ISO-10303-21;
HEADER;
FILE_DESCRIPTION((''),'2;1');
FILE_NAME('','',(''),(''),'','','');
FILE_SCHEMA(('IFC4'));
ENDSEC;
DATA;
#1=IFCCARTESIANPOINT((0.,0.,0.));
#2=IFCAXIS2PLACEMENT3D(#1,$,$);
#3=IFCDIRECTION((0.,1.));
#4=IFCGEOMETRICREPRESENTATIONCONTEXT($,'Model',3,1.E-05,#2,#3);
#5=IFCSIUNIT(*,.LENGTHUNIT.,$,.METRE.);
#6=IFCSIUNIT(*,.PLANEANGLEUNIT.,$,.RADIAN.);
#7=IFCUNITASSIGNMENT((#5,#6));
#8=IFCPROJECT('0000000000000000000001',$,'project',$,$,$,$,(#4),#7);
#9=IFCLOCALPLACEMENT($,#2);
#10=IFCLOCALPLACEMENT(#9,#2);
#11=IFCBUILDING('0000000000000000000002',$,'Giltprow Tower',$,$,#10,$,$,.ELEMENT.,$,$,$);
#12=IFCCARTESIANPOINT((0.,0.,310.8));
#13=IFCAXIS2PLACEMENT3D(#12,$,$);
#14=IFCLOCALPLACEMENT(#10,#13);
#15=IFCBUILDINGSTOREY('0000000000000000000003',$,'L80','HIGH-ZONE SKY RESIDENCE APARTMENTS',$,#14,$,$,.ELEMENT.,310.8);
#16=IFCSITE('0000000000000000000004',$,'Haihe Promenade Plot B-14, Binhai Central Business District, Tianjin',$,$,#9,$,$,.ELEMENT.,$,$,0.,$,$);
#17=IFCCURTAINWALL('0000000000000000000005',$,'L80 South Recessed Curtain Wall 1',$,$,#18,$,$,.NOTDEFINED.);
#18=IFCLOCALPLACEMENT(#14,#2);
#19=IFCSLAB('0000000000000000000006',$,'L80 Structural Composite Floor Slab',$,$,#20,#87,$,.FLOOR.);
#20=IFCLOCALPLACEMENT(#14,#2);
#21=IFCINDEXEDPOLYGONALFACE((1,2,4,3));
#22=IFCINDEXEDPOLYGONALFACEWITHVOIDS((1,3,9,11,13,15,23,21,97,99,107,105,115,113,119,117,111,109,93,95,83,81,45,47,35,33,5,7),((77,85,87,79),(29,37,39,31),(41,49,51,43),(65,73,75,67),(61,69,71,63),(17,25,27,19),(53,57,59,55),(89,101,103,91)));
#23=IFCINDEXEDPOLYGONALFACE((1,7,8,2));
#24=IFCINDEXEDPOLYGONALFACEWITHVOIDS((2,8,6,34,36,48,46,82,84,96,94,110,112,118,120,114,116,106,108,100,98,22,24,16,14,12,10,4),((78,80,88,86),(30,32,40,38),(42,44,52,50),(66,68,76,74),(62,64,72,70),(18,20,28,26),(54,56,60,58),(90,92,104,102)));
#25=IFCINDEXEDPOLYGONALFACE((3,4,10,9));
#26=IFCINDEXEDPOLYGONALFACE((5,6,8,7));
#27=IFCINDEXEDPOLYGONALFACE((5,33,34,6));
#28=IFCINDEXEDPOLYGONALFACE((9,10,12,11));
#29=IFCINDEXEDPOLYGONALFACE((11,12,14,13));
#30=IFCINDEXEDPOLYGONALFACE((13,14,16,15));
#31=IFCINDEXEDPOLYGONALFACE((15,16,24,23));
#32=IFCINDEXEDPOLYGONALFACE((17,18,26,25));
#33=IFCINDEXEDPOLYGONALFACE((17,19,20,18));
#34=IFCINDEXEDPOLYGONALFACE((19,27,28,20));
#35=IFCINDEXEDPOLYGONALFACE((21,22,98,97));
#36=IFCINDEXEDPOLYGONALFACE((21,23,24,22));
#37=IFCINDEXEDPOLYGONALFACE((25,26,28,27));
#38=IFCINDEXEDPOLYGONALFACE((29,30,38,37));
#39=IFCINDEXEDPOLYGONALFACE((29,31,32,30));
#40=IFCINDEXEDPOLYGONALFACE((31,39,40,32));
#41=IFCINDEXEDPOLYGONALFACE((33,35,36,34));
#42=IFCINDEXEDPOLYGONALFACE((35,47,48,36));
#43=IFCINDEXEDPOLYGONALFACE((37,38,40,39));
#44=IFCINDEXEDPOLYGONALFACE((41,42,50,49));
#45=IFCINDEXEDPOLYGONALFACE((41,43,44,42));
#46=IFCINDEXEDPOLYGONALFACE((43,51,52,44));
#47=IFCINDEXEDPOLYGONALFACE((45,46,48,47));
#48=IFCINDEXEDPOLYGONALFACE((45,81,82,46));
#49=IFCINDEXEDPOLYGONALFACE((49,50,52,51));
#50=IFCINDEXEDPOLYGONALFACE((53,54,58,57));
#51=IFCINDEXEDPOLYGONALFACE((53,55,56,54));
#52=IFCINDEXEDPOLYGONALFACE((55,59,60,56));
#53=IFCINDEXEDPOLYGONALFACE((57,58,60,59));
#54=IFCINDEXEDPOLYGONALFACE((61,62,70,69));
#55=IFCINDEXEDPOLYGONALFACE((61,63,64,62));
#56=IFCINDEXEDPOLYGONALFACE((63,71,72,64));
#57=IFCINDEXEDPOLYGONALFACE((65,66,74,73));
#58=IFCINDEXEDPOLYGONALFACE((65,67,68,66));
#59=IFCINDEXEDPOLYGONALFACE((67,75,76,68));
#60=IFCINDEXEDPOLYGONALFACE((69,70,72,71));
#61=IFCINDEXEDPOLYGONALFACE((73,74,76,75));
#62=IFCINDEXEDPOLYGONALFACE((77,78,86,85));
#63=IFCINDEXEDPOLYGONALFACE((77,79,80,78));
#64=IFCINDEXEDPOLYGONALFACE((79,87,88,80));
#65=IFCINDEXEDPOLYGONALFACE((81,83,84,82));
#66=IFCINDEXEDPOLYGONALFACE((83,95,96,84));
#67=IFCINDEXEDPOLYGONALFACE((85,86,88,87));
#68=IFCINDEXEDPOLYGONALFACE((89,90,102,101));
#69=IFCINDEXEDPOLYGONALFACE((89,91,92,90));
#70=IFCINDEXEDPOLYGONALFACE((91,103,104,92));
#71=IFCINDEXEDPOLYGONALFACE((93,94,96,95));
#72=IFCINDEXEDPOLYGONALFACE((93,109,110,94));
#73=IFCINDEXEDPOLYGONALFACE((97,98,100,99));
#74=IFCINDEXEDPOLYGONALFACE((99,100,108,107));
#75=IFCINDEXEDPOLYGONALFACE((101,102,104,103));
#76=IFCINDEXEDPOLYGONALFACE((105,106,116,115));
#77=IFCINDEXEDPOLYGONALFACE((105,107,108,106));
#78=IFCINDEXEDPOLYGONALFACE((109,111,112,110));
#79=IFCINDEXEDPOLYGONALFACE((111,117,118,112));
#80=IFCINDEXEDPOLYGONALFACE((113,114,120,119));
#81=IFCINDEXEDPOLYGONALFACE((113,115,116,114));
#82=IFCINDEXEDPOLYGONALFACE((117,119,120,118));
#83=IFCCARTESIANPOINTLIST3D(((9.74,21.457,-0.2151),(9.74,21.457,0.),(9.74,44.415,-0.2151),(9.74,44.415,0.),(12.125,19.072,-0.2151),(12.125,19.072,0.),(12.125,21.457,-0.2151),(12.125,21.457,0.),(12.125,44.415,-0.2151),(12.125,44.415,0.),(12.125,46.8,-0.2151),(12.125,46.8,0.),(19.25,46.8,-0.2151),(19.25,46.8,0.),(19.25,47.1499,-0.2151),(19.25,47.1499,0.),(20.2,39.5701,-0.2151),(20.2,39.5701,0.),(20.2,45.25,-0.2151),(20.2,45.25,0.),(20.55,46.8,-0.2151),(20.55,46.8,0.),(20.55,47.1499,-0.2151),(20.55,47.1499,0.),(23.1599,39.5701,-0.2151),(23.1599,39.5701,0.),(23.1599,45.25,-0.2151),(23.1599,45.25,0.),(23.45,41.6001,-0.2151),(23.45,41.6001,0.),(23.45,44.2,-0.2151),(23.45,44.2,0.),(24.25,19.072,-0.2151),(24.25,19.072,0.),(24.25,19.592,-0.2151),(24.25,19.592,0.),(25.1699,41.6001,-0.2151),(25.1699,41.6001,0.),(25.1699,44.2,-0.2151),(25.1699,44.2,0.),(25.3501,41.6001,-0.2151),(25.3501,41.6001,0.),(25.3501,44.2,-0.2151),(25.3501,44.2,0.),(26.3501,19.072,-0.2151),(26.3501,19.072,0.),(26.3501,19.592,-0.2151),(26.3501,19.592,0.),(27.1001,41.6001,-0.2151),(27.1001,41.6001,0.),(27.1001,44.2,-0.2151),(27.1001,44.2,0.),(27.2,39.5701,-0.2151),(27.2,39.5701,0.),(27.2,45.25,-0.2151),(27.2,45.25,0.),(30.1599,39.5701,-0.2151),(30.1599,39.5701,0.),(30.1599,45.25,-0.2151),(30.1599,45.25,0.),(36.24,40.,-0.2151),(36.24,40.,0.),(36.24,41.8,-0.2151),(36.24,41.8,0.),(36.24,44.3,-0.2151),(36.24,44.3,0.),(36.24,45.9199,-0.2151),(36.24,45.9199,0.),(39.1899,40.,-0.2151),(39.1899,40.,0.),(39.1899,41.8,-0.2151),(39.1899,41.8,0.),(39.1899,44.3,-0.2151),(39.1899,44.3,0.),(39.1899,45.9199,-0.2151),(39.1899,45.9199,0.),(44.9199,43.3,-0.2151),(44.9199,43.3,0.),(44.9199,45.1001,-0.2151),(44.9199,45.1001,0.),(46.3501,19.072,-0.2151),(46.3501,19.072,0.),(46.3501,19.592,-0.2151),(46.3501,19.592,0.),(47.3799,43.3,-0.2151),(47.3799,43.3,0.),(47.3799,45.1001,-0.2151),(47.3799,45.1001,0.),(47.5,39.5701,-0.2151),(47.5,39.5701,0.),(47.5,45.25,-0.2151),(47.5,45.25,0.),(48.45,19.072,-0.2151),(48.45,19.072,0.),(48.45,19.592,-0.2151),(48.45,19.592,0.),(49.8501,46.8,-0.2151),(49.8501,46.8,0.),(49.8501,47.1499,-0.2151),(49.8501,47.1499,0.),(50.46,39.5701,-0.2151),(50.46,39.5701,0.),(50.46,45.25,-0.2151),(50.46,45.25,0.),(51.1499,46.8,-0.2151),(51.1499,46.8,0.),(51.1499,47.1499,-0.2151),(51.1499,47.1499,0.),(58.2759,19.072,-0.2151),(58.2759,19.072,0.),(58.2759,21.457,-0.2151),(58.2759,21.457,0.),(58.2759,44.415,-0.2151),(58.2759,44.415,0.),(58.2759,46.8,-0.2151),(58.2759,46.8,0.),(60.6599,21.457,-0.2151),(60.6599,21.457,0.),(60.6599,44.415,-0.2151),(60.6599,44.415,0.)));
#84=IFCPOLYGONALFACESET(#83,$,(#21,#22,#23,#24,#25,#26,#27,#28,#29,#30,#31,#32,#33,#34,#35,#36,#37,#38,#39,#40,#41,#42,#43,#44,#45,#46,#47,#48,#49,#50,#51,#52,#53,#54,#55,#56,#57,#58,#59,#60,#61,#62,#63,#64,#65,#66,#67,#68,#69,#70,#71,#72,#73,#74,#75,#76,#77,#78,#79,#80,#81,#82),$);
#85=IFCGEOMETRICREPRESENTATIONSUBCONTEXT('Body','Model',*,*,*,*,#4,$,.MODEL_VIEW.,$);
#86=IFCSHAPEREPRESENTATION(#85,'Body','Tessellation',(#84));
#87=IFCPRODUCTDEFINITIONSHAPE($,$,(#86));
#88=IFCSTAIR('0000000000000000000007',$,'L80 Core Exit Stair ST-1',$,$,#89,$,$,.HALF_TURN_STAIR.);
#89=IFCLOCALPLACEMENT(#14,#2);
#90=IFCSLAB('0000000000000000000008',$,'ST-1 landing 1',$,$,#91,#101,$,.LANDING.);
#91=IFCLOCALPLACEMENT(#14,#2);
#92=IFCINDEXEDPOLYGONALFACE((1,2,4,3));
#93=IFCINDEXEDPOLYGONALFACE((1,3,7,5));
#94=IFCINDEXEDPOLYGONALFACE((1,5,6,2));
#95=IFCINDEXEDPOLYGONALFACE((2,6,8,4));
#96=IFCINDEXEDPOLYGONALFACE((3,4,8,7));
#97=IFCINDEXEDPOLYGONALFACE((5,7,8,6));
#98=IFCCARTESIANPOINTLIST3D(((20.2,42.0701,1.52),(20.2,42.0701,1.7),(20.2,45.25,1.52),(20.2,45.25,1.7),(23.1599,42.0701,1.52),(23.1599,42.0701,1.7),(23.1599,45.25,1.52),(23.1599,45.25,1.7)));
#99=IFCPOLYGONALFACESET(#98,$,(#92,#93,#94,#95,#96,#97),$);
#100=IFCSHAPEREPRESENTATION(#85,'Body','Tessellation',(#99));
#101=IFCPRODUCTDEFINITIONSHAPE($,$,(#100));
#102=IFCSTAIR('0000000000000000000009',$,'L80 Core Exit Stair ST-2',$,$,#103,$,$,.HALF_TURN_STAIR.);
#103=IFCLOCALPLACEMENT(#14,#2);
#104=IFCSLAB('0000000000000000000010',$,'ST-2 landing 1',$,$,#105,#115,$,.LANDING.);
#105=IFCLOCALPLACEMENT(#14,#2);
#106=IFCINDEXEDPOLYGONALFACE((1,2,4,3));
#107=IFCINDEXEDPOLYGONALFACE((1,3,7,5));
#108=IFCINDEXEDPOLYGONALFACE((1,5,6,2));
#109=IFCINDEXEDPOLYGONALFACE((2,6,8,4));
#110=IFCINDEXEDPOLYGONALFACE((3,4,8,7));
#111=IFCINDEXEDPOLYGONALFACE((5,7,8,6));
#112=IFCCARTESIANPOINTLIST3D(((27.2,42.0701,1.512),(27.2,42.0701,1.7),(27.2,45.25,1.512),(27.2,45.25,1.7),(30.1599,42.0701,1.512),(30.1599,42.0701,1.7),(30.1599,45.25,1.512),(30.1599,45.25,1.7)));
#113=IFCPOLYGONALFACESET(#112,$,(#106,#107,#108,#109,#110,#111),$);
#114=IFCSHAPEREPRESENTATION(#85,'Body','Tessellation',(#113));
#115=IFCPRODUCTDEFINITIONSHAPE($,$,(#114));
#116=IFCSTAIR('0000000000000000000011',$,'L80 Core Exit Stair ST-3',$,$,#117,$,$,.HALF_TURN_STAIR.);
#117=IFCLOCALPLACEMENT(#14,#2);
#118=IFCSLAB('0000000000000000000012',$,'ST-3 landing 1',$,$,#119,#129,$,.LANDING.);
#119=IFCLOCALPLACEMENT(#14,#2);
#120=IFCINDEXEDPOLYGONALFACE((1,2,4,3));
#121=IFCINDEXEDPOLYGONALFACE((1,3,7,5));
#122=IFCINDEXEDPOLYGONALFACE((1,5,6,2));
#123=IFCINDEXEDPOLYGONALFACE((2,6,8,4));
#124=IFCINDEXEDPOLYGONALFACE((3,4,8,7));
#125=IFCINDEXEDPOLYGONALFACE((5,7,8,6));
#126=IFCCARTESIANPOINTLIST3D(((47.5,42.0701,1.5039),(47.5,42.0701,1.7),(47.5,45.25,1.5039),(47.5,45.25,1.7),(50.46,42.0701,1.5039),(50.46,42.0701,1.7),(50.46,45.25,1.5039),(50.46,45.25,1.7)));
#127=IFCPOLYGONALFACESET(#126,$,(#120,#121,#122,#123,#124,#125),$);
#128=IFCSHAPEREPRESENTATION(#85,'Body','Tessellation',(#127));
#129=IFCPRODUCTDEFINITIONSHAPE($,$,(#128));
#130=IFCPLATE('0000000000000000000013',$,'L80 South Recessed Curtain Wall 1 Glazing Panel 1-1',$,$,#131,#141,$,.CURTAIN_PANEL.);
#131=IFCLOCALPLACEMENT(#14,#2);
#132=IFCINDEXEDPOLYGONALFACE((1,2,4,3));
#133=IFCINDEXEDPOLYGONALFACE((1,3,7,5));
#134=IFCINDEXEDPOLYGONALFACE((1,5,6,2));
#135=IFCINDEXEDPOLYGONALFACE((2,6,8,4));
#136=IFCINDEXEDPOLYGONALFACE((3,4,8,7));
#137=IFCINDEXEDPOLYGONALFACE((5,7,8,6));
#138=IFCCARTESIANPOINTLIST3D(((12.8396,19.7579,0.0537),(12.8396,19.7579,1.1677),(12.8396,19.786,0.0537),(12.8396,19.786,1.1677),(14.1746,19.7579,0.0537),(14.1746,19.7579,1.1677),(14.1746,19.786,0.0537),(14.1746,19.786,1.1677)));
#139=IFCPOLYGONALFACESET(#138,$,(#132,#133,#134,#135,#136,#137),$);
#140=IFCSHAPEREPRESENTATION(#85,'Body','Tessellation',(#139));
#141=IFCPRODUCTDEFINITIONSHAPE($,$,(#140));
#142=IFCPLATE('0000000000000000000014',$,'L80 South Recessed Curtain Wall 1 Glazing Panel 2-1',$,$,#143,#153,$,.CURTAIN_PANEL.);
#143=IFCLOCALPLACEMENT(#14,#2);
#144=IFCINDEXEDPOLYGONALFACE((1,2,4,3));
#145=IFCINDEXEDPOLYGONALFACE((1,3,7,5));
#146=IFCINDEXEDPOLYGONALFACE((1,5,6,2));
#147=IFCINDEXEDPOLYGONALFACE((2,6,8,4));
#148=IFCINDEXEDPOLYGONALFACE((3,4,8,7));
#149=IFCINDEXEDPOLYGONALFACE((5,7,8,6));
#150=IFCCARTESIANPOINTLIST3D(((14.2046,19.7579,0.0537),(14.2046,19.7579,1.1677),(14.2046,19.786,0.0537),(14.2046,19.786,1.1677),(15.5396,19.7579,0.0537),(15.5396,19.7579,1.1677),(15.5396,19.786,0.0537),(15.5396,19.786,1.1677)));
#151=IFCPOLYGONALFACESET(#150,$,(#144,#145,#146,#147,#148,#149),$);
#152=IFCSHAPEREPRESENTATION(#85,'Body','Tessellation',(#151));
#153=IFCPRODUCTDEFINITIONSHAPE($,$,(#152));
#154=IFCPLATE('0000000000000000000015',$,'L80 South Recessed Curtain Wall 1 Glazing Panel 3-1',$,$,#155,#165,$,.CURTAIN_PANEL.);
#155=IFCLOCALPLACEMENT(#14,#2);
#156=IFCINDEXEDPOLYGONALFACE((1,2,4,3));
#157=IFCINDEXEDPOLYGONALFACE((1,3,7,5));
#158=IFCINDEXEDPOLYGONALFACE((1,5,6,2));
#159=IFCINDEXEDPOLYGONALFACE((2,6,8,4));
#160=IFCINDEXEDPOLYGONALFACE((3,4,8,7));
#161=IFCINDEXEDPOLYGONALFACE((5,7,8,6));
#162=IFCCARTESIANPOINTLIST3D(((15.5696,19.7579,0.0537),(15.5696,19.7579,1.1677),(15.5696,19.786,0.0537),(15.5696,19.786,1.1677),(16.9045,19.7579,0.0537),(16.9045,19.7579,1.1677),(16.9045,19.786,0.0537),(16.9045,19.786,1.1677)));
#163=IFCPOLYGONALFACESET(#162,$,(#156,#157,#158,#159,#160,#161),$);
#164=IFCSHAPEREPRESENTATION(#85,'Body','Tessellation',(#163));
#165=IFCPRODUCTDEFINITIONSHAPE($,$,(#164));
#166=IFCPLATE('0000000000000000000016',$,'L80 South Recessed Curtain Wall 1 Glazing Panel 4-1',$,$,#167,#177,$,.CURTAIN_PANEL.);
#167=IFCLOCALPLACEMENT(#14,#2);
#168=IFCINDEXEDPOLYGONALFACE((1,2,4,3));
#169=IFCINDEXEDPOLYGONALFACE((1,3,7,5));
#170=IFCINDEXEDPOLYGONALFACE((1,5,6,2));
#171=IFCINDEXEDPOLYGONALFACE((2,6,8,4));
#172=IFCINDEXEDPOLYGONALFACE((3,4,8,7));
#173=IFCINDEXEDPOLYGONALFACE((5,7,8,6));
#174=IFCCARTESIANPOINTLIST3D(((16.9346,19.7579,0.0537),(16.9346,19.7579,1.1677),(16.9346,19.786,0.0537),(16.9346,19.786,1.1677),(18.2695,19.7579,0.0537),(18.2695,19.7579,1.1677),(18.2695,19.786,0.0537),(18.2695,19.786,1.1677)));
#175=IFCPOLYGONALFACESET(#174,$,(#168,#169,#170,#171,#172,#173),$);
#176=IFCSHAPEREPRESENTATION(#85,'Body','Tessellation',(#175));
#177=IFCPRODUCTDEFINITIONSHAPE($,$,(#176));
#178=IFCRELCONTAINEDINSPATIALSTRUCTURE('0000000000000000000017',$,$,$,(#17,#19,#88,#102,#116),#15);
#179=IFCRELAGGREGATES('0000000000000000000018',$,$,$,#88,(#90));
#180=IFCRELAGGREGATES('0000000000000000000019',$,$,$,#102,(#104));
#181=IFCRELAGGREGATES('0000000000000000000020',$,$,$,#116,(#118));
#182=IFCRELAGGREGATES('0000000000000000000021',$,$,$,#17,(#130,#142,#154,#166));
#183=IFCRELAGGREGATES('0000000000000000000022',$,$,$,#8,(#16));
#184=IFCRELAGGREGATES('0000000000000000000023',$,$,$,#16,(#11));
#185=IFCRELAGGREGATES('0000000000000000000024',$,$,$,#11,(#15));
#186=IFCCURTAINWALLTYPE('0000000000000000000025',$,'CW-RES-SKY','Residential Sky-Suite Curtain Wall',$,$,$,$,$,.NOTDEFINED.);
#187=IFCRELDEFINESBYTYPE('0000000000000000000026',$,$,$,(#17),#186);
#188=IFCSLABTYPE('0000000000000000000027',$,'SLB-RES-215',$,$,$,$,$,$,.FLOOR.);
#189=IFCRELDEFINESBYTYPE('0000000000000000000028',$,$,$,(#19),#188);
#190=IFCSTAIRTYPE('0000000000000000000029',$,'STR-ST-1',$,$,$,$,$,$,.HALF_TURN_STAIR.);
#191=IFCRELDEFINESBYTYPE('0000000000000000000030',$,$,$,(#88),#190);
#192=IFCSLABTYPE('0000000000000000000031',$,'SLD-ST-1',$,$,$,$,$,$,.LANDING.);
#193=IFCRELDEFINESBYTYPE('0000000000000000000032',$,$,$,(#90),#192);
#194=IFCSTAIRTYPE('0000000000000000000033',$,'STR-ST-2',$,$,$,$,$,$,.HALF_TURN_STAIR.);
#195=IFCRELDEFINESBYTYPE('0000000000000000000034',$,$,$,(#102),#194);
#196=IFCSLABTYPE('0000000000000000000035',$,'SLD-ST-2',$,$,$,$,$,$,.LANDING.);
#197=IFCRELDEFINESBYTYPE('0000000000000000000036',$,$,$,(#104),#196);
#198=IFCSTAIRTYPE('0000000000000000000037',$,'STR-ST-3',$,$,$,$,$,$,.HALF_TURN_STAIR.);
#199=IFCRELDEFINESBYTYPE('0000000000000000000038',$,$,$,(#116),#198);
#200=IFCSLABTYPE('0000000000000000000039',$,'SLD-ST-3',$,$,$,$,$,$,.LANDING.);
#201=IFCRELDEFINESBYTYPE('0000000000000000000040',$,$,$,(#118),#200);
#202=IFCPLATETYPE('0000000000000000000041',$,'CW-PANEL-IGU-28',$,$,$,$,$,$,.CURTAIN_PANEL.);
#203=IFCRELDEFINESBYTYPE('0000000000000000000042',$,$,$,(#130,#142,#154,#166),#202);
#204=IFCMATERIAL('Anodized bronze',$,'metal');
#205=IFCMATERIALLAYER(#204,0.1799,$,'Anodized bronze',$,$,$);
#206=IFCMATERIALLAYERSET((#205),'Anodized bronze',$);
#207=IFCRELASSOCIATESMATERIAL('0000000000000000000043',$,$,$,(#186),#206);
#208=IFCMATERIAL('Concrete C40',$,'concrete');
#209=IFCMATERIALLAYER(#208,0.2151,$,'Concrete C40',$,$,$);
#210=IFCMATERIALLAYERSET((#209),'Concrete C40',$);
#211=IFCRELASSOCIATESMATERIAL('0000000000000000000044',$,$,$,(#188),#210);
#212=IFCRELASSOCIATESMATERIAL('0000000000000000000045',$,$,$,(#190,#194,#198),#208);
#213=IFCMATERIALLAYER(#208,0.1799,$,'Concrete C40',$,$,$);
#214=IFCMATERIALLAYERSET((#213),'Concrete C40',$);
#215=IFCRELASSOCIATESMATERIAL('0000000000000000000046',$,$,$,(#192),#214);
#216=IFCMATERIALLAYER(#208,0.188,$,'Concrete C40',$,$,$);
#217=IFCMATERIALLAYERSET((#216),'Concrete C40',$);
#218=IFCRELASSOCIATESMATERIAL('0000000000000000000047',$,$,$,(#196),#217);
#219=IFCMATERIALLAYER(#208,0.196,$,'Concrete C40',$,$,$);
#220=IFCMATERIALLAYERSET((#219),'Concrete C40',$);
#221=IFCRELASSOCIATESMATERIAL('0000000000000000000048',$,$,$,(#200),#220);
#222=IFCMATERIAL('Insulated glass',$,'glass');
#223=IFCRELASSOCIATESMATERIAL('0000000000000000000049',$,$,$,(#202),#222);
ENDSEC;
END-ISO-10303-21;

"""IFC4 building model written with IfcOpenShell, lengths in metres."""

from ifc_helpers import new_model, si_unit, direction, frame, origin, origin_2d, place, context, subcontext, project, spatial, polyline, rectangle, outline, extrude, source, transform, mapped, material, layer, layer_set, type_object, element, aggregate, save


model = new_model("IFC4")

# Units and contexts
model_context = context("Model", 3, precision=1e-05, world=origin(), true_north=direction((0.0, 1.0)))
body_context = subcontext(model_context, "Body", "Model", "MODEL_VIEW")
ifc_project = project(units=[si_unit("LENGTHUNIT", "METRE"), si_unit("PLANEANGLEUNIT", "RADIAN")], contexts=[model_context])

# Site, building, storey
site_placement = place(None, origin())
site = spatial("IfcSite", under=ifc_project, at=site_placement, Name="Haihe Promenade Plot B-14, Binhai Central Business District, Tianjin", CompositionType="ELEMENT", RefElevation=0.0)
building_placement = place(site_placement, origin())
building = spatial("IfcBuilding", under=site, at=building_placement, Name="Giltprow Tower", CompositionType="ELEMENT")
storey_placement = place(building_placement, frame((0.0, 0.0, 310.8)))
storey = spatial("IfcBuildingStorey", under=building, at=storey_placement, Name="L80", Description="HIGH-ZONE SKY RESIDENCE APARTMENTS", CompositionType="ELEMENT", Elevation=310.8)

# Curtain wall
ifc_material_1 = material(Name="Anodized bronze", Category="metal")
ifc_layer_1 = layer(ifc_material_1, 0.1799, Name="Anodized bronze")
ifc_layer_set_1 = layer_set([ifc_layer_1], Name="Anodized bronze")
curtain_wall_type = type_object("IfcCurtainWallType", Name="CW-RES-SKY", Description="Residential Sky-Suite Curtain Wall", PredefinedType="NOTDEFINED", material=ifc_layer_set_1)
curtain_wall_placement = place(storey_placement, origin())
curtain_wall = element("IfcCurtainWall", 1, at=curtain_wall_placement, inside=storey, type_object=curtain_wall_type, Name="L80 South Recessed Curtain Wall 1", PredefinedType="NOTDEFINED")

# Slab
ifc_material_2 = material(Name="Concrete C40", Category="concrete")
ifc_layer_2 = layer(ifc_material_2, 0.2151, Name="Concrete C40")
ifc_layer_set_2 = layer_set([ifc_layer_2], Name="Concrete C40")
slab_type_1 = type_object("IfcSlabType", Name="SLB-RES-215", PredefinedType="FLOOR", material=ifc_layer_set_2)
slab_1_placement = place(storey_placement, frame((0.0, 0.0, -0.2151)))
element("IfcSlab", 2, at=slab_1_placement, inside=storey, type_object=slab_type_1, Name="L80 Structural Composite Floor Slab", PredefinedType="FLOOR", context=body_context, shape_type="SweptSolid", body=[
    extrude(outline(polyline([(60.6599, 44.415), (60.6599, 21.457), (58.2759, 21.457), (58.2759, 19.072), (48.45, 19.072), (48.45, 19.592), (46.3501, 19.592), (46.3501, 19.072), (26.3501, 19.072), (26.3501, 19.592), (24.25, 19.592), (24.25, 19.072), (12.125, 19.072), (12.125, 21.457), (9.74, 21.457), (9.74, 44.415), (12.125, 44.415), (12.125, 46.8), (19.25, 46.8), (19.25, 47.1499), (20.55, 47.1499), (20.55, 46.8), (49.8501, 46.8), (49.8501, 47.1499), (51.1499, 47.1499), (51.1499, 46.8), (58.2759, 46.8), (58.2759, 44.415), (60.6599, 44.415)]), holes=[polyline([(39.1899, 41.8), (36.24, 41.8), (36.24, 40.0), (39.1899, 40.0), (39.1899, 41.8)]), polyline([(23.1599, 39.5701), (23.1599, 45.25), (20.2, 45.25), (20.2, 39.5701), (23.1599, 39.5701)]), polyline([(30.1599, 39.5701), (30.1599, 45.25), (27.2, 45.25), (27.2, 39.5701), (30.1599, 39.5701)]), polyline([(50.46, 45.25), (47.5, 45.25), (47.5, 39.5701), (50.46, 39.5701), (50.46, 45.25)]), polyline([(25.1699, 44.2), (23.45, 44.2), (23.45, 41.6001), (25.1699, 41.6001), (25.1699, 44.2)]), polyline([(27.1001, 44.2), (25.3501, 44.2), (25.3501, 41.6001), (27.1001, 41.6001), (27.1001, 44.2)]), polyline([(47.3799, 43.3), (47.3799, 45.1001), (44.9199, 45.1001), (44.9199, 43.3), (47.3799, 43.3)]), polyline([(39.1899, 44.3), (39.1899, 45.9199), (36.24, 45.9199), (36.24, 44.3), (39.1899, 44.3)])]), origin(), (0.0, 0.0, 1.0), 0.2151),
])

# Stairs, slabs
stair_type_1 = type_object("IfcStairType", Name="STR-ST-1", PredefinedType="HALF_TURN_STAIR", material=ifc_material_2)
stair_1_placement = place(storey_placement, origin())
stair_1 = element("IfcStair", 3, at=stair_1_placement, inside=storey, type_object=stair_type_1, Name="L80 Core Exit Stair ST-1", PredefinedType="HALF_TURN_STAIR")
ifc_layer_3 = layer(ifc_material_2, 0.1799, Name="Concrete C40")
ifc_layer_set_3 = layer_set([ifc_layer_3], Name="Concrete C40")
slab_type_2 = type_object("IfcSlabType", Name="SLD-ST-1", PredefinedType="LANDING", material=ifc_layer_set_3)
slab_2_placement = place(storey_placement, frame((0.0, 0.0, 1.52)))
slab_2 = element("IfcSlab", 4, at=slab_2_placement, type_object=slab_type_2, Name="ST-1 landing 1", PredefinedType="LANDING", context=body_context, shape_type="SweptSolid", body=[
    extrude(outline(polyline([(23.1599, 42.0701), (23.1599, 45.25), (20.2, 45.25), (20.2, 42.0701), (23.1599, 42.0701)])), origin(), (0.0, 0.0, 1.0), 0.1799),
])
aggregate(stair_1, [slab_2])
stair_type_2 = type_object("IfcStairType", Name="STR-ST-2", PredefinedType="HALF_TURN_STAIR", material=ifc_material_2)
stair_2_placement = place(storey_placement, origin())
stair_2 = element("IfcStair", 5, at=stair_2_placement, inside=storey, type_object=stair_type_2, Name="L80 Core Exit Stair ST-2", PredefinedType="HALF_TURN_STAIR")
ifc_layer_4 = layer(ifc_material_2, 0.188, Name="Concrete C40")
ifc_layer_set_4 = layer_set([ifc_layer_4], Name="Concrete C40")
slab_type_3 = type_object("IfcSlabType", Name="SLD-ST-2", PredefinedType="LANDING", material=ifc_layer_set_4)
slab_3_placement = place(storey_placement, frame((0.0, 0.0, 1.512)))
slab_3 = element("IfcSlab", 6, at=slab_3_placement, type_object=slab_type_3, Name="ST-2 landing 1", PredefinedType="LANDING", context=body_context, shape_type="SweptSolid", body=[
    extrude(outline(polyline([(30.1599, 42.0701), (30.1599, 45.25), (27.2, 45.25), (27.2, 42.0701), (30.1599, 42.0701)])), origin(), (0.0, 0.0, 1.0), 0.188),
])
aggregate(stair_2, [slab_3])
stair_type_3 = type_object("IfcStairType", Name="STR-ST-3", PredefinedType="HALF_TURN_STAIR", material=ifc_material_2)
stair_3_placement = place(storey_placement, origin())
stair_3 = element("IfcStair", 7, at=stair_3_placement, inside=storey, type_object=stair_type_3, Name="L80 Core Exit Stair ST-3", PredefinedType="HALF_TURN_STAIR")
ifc_layer_5 = layer(ifc_material_2, 0.196, Name="Concrete C40")
ifc_layer_set_5 = layer_set([ifc_layer_5], Name="Concrete C40")
slab_type_4 = type_object("IfcSlabType", Name="SLD-ST-3", PredefinedType="LANDING", material=ifc_layer_set_5)
slab_4_placement = place(storey_placement, frame((0.0, 0.0, 1.5039)))
slab_4 = element("IfcSlab", 8, at=slab_4_placement, type_object=slab_type_4, Name="ST-3 landing 1", PredefinedType="LANDING", context=body_context, shape_type="SweptSolid", body=[
    extrude(outline(polyline([(50.46, 42.0701), (50.46, 45.25), (47.5, 45.25), (47.5, 42.0701), (50.46, 42.0701)])), origin(), (0.0, 0.0, 1.0), 0.196),
])
aggregate(stair_3, [slab_4])

# Plates
ifc_material_3 = material(Name="Insulated glass", Category="glass")
plate_type = type_object("IfcPlateType", Name="CW-PANEL-IGU-28", PredefinedType="CURTAIN_PANEL", material=ifc_material_3)
shared_shape_1 = source(origin(), body_context, "Body", "SweptSolid", [
    extrude(rectangle(XDim=1.335, YDim=0.0281, at=origin_2d()), origin(), (0.0, 0.0, 1.0), 1.114),
])
plate_1_placement = place(storey_placement, frame((13.5071, 19.772, 0.0537), z_axis=(0.0, 0.0, 1.0), x_axis=(1.0, 0.0, 0.0)))
plate_1 = element("IfcPlate", 9, at=plate_1_placement, type_object=plate_type, Name="L80 South Recessed Curtain Wall 1 Glazing Panel 1-1", PredefinedType="CURTAIN_PANEL", context=body_context, shape_type="MappedRepresentation", body=[
    mapped(shared_shape_1, transform((0.0, 0.0, 0.0), x_axis=(1.0, 0.0, 0.0), y_axis=(0.0, 1.0, 0.0), z_axis=(0.0, 0.0, 1.0), scale=1.0)),
])
plate_2_placement = place(storey_placement, frame((14.8721, 19.772, 0.0537), z_axis=(0.0, 0.0, 1.0), x_axis=(1.0, 0.0, 0.0)))
plate_2 = element("IfcPlate", 10, at=plate_2_placement, type_object=plate_type, Name="L80 South Recessed Curtain Wall 1 Glazing Panel 2-1", PredefinedType="CURTAIN_PANEL", context=body_context, shape_type="MappedRepresentation", body=[
    mapped(shared_shape_1, transform((0.0, 0.0, 0.0), x_axis=(1.0, 0.0, 0.0), y_axis=(0.0, 1.0, 0.0), z_axis=(0.0, 0.0, 1.0), scale=1.0)),
])
plate_3_placement = place(storey_placement, frame((16.2371, 19.772, 0.0537), z_axis=(0.0, 0.0, 1.0), x_axis=(1.0, 0.0, 0.0)))
plate_3 = element("IfcPlate", 11, at=plate_3_placement, type_object=plate_type, Name="L80 South Recessed Curtain Wall 1 Glazing Panel 3-1", PredefinedType="CURTAIN_PANEL", context=body_context, shape_type="MappedRepresentation", body=[
    mapped(shared_shape_1, transform((0.0, 0.0, 0.0), x_axis=(1.0, 0.0, 0.0), y_axis=(0.0, 1.0, 0.0), z_axis=(0.0, 0.0, 1.0), scale=1.0)),
])
plate_4_placement = place(storey_placement, frame((17.6021, 19.772, 0.0537), z_axis=(0.0, 0.0, 1.0), x_axis=(1.0, 0.0, 0.0)))
plate_4 = element("IfcPlate", 12, at=plate_4_placement, type_object=plate_type, Name="L80 South Recessed Curtain Wall 1 Glazing Panel 4-1", PredefinedType="CURTAIN_PANEL", context=body_context, shape_type="MappedRepresentation", body=[
    mapped(shared_shape_1, transform((0.0, 0.0, 0.0), x_axis=(1.0, 0.0, 0.0), y_axis=(0.0, 1.0, 0.0), z_axis=(0.0, 0.0, 1.0), scale=1.0)),
])
aggregate(curtain_wall, [plate_1, plate_2, plate_3, plate_4])

save(model, "model.ifc")
